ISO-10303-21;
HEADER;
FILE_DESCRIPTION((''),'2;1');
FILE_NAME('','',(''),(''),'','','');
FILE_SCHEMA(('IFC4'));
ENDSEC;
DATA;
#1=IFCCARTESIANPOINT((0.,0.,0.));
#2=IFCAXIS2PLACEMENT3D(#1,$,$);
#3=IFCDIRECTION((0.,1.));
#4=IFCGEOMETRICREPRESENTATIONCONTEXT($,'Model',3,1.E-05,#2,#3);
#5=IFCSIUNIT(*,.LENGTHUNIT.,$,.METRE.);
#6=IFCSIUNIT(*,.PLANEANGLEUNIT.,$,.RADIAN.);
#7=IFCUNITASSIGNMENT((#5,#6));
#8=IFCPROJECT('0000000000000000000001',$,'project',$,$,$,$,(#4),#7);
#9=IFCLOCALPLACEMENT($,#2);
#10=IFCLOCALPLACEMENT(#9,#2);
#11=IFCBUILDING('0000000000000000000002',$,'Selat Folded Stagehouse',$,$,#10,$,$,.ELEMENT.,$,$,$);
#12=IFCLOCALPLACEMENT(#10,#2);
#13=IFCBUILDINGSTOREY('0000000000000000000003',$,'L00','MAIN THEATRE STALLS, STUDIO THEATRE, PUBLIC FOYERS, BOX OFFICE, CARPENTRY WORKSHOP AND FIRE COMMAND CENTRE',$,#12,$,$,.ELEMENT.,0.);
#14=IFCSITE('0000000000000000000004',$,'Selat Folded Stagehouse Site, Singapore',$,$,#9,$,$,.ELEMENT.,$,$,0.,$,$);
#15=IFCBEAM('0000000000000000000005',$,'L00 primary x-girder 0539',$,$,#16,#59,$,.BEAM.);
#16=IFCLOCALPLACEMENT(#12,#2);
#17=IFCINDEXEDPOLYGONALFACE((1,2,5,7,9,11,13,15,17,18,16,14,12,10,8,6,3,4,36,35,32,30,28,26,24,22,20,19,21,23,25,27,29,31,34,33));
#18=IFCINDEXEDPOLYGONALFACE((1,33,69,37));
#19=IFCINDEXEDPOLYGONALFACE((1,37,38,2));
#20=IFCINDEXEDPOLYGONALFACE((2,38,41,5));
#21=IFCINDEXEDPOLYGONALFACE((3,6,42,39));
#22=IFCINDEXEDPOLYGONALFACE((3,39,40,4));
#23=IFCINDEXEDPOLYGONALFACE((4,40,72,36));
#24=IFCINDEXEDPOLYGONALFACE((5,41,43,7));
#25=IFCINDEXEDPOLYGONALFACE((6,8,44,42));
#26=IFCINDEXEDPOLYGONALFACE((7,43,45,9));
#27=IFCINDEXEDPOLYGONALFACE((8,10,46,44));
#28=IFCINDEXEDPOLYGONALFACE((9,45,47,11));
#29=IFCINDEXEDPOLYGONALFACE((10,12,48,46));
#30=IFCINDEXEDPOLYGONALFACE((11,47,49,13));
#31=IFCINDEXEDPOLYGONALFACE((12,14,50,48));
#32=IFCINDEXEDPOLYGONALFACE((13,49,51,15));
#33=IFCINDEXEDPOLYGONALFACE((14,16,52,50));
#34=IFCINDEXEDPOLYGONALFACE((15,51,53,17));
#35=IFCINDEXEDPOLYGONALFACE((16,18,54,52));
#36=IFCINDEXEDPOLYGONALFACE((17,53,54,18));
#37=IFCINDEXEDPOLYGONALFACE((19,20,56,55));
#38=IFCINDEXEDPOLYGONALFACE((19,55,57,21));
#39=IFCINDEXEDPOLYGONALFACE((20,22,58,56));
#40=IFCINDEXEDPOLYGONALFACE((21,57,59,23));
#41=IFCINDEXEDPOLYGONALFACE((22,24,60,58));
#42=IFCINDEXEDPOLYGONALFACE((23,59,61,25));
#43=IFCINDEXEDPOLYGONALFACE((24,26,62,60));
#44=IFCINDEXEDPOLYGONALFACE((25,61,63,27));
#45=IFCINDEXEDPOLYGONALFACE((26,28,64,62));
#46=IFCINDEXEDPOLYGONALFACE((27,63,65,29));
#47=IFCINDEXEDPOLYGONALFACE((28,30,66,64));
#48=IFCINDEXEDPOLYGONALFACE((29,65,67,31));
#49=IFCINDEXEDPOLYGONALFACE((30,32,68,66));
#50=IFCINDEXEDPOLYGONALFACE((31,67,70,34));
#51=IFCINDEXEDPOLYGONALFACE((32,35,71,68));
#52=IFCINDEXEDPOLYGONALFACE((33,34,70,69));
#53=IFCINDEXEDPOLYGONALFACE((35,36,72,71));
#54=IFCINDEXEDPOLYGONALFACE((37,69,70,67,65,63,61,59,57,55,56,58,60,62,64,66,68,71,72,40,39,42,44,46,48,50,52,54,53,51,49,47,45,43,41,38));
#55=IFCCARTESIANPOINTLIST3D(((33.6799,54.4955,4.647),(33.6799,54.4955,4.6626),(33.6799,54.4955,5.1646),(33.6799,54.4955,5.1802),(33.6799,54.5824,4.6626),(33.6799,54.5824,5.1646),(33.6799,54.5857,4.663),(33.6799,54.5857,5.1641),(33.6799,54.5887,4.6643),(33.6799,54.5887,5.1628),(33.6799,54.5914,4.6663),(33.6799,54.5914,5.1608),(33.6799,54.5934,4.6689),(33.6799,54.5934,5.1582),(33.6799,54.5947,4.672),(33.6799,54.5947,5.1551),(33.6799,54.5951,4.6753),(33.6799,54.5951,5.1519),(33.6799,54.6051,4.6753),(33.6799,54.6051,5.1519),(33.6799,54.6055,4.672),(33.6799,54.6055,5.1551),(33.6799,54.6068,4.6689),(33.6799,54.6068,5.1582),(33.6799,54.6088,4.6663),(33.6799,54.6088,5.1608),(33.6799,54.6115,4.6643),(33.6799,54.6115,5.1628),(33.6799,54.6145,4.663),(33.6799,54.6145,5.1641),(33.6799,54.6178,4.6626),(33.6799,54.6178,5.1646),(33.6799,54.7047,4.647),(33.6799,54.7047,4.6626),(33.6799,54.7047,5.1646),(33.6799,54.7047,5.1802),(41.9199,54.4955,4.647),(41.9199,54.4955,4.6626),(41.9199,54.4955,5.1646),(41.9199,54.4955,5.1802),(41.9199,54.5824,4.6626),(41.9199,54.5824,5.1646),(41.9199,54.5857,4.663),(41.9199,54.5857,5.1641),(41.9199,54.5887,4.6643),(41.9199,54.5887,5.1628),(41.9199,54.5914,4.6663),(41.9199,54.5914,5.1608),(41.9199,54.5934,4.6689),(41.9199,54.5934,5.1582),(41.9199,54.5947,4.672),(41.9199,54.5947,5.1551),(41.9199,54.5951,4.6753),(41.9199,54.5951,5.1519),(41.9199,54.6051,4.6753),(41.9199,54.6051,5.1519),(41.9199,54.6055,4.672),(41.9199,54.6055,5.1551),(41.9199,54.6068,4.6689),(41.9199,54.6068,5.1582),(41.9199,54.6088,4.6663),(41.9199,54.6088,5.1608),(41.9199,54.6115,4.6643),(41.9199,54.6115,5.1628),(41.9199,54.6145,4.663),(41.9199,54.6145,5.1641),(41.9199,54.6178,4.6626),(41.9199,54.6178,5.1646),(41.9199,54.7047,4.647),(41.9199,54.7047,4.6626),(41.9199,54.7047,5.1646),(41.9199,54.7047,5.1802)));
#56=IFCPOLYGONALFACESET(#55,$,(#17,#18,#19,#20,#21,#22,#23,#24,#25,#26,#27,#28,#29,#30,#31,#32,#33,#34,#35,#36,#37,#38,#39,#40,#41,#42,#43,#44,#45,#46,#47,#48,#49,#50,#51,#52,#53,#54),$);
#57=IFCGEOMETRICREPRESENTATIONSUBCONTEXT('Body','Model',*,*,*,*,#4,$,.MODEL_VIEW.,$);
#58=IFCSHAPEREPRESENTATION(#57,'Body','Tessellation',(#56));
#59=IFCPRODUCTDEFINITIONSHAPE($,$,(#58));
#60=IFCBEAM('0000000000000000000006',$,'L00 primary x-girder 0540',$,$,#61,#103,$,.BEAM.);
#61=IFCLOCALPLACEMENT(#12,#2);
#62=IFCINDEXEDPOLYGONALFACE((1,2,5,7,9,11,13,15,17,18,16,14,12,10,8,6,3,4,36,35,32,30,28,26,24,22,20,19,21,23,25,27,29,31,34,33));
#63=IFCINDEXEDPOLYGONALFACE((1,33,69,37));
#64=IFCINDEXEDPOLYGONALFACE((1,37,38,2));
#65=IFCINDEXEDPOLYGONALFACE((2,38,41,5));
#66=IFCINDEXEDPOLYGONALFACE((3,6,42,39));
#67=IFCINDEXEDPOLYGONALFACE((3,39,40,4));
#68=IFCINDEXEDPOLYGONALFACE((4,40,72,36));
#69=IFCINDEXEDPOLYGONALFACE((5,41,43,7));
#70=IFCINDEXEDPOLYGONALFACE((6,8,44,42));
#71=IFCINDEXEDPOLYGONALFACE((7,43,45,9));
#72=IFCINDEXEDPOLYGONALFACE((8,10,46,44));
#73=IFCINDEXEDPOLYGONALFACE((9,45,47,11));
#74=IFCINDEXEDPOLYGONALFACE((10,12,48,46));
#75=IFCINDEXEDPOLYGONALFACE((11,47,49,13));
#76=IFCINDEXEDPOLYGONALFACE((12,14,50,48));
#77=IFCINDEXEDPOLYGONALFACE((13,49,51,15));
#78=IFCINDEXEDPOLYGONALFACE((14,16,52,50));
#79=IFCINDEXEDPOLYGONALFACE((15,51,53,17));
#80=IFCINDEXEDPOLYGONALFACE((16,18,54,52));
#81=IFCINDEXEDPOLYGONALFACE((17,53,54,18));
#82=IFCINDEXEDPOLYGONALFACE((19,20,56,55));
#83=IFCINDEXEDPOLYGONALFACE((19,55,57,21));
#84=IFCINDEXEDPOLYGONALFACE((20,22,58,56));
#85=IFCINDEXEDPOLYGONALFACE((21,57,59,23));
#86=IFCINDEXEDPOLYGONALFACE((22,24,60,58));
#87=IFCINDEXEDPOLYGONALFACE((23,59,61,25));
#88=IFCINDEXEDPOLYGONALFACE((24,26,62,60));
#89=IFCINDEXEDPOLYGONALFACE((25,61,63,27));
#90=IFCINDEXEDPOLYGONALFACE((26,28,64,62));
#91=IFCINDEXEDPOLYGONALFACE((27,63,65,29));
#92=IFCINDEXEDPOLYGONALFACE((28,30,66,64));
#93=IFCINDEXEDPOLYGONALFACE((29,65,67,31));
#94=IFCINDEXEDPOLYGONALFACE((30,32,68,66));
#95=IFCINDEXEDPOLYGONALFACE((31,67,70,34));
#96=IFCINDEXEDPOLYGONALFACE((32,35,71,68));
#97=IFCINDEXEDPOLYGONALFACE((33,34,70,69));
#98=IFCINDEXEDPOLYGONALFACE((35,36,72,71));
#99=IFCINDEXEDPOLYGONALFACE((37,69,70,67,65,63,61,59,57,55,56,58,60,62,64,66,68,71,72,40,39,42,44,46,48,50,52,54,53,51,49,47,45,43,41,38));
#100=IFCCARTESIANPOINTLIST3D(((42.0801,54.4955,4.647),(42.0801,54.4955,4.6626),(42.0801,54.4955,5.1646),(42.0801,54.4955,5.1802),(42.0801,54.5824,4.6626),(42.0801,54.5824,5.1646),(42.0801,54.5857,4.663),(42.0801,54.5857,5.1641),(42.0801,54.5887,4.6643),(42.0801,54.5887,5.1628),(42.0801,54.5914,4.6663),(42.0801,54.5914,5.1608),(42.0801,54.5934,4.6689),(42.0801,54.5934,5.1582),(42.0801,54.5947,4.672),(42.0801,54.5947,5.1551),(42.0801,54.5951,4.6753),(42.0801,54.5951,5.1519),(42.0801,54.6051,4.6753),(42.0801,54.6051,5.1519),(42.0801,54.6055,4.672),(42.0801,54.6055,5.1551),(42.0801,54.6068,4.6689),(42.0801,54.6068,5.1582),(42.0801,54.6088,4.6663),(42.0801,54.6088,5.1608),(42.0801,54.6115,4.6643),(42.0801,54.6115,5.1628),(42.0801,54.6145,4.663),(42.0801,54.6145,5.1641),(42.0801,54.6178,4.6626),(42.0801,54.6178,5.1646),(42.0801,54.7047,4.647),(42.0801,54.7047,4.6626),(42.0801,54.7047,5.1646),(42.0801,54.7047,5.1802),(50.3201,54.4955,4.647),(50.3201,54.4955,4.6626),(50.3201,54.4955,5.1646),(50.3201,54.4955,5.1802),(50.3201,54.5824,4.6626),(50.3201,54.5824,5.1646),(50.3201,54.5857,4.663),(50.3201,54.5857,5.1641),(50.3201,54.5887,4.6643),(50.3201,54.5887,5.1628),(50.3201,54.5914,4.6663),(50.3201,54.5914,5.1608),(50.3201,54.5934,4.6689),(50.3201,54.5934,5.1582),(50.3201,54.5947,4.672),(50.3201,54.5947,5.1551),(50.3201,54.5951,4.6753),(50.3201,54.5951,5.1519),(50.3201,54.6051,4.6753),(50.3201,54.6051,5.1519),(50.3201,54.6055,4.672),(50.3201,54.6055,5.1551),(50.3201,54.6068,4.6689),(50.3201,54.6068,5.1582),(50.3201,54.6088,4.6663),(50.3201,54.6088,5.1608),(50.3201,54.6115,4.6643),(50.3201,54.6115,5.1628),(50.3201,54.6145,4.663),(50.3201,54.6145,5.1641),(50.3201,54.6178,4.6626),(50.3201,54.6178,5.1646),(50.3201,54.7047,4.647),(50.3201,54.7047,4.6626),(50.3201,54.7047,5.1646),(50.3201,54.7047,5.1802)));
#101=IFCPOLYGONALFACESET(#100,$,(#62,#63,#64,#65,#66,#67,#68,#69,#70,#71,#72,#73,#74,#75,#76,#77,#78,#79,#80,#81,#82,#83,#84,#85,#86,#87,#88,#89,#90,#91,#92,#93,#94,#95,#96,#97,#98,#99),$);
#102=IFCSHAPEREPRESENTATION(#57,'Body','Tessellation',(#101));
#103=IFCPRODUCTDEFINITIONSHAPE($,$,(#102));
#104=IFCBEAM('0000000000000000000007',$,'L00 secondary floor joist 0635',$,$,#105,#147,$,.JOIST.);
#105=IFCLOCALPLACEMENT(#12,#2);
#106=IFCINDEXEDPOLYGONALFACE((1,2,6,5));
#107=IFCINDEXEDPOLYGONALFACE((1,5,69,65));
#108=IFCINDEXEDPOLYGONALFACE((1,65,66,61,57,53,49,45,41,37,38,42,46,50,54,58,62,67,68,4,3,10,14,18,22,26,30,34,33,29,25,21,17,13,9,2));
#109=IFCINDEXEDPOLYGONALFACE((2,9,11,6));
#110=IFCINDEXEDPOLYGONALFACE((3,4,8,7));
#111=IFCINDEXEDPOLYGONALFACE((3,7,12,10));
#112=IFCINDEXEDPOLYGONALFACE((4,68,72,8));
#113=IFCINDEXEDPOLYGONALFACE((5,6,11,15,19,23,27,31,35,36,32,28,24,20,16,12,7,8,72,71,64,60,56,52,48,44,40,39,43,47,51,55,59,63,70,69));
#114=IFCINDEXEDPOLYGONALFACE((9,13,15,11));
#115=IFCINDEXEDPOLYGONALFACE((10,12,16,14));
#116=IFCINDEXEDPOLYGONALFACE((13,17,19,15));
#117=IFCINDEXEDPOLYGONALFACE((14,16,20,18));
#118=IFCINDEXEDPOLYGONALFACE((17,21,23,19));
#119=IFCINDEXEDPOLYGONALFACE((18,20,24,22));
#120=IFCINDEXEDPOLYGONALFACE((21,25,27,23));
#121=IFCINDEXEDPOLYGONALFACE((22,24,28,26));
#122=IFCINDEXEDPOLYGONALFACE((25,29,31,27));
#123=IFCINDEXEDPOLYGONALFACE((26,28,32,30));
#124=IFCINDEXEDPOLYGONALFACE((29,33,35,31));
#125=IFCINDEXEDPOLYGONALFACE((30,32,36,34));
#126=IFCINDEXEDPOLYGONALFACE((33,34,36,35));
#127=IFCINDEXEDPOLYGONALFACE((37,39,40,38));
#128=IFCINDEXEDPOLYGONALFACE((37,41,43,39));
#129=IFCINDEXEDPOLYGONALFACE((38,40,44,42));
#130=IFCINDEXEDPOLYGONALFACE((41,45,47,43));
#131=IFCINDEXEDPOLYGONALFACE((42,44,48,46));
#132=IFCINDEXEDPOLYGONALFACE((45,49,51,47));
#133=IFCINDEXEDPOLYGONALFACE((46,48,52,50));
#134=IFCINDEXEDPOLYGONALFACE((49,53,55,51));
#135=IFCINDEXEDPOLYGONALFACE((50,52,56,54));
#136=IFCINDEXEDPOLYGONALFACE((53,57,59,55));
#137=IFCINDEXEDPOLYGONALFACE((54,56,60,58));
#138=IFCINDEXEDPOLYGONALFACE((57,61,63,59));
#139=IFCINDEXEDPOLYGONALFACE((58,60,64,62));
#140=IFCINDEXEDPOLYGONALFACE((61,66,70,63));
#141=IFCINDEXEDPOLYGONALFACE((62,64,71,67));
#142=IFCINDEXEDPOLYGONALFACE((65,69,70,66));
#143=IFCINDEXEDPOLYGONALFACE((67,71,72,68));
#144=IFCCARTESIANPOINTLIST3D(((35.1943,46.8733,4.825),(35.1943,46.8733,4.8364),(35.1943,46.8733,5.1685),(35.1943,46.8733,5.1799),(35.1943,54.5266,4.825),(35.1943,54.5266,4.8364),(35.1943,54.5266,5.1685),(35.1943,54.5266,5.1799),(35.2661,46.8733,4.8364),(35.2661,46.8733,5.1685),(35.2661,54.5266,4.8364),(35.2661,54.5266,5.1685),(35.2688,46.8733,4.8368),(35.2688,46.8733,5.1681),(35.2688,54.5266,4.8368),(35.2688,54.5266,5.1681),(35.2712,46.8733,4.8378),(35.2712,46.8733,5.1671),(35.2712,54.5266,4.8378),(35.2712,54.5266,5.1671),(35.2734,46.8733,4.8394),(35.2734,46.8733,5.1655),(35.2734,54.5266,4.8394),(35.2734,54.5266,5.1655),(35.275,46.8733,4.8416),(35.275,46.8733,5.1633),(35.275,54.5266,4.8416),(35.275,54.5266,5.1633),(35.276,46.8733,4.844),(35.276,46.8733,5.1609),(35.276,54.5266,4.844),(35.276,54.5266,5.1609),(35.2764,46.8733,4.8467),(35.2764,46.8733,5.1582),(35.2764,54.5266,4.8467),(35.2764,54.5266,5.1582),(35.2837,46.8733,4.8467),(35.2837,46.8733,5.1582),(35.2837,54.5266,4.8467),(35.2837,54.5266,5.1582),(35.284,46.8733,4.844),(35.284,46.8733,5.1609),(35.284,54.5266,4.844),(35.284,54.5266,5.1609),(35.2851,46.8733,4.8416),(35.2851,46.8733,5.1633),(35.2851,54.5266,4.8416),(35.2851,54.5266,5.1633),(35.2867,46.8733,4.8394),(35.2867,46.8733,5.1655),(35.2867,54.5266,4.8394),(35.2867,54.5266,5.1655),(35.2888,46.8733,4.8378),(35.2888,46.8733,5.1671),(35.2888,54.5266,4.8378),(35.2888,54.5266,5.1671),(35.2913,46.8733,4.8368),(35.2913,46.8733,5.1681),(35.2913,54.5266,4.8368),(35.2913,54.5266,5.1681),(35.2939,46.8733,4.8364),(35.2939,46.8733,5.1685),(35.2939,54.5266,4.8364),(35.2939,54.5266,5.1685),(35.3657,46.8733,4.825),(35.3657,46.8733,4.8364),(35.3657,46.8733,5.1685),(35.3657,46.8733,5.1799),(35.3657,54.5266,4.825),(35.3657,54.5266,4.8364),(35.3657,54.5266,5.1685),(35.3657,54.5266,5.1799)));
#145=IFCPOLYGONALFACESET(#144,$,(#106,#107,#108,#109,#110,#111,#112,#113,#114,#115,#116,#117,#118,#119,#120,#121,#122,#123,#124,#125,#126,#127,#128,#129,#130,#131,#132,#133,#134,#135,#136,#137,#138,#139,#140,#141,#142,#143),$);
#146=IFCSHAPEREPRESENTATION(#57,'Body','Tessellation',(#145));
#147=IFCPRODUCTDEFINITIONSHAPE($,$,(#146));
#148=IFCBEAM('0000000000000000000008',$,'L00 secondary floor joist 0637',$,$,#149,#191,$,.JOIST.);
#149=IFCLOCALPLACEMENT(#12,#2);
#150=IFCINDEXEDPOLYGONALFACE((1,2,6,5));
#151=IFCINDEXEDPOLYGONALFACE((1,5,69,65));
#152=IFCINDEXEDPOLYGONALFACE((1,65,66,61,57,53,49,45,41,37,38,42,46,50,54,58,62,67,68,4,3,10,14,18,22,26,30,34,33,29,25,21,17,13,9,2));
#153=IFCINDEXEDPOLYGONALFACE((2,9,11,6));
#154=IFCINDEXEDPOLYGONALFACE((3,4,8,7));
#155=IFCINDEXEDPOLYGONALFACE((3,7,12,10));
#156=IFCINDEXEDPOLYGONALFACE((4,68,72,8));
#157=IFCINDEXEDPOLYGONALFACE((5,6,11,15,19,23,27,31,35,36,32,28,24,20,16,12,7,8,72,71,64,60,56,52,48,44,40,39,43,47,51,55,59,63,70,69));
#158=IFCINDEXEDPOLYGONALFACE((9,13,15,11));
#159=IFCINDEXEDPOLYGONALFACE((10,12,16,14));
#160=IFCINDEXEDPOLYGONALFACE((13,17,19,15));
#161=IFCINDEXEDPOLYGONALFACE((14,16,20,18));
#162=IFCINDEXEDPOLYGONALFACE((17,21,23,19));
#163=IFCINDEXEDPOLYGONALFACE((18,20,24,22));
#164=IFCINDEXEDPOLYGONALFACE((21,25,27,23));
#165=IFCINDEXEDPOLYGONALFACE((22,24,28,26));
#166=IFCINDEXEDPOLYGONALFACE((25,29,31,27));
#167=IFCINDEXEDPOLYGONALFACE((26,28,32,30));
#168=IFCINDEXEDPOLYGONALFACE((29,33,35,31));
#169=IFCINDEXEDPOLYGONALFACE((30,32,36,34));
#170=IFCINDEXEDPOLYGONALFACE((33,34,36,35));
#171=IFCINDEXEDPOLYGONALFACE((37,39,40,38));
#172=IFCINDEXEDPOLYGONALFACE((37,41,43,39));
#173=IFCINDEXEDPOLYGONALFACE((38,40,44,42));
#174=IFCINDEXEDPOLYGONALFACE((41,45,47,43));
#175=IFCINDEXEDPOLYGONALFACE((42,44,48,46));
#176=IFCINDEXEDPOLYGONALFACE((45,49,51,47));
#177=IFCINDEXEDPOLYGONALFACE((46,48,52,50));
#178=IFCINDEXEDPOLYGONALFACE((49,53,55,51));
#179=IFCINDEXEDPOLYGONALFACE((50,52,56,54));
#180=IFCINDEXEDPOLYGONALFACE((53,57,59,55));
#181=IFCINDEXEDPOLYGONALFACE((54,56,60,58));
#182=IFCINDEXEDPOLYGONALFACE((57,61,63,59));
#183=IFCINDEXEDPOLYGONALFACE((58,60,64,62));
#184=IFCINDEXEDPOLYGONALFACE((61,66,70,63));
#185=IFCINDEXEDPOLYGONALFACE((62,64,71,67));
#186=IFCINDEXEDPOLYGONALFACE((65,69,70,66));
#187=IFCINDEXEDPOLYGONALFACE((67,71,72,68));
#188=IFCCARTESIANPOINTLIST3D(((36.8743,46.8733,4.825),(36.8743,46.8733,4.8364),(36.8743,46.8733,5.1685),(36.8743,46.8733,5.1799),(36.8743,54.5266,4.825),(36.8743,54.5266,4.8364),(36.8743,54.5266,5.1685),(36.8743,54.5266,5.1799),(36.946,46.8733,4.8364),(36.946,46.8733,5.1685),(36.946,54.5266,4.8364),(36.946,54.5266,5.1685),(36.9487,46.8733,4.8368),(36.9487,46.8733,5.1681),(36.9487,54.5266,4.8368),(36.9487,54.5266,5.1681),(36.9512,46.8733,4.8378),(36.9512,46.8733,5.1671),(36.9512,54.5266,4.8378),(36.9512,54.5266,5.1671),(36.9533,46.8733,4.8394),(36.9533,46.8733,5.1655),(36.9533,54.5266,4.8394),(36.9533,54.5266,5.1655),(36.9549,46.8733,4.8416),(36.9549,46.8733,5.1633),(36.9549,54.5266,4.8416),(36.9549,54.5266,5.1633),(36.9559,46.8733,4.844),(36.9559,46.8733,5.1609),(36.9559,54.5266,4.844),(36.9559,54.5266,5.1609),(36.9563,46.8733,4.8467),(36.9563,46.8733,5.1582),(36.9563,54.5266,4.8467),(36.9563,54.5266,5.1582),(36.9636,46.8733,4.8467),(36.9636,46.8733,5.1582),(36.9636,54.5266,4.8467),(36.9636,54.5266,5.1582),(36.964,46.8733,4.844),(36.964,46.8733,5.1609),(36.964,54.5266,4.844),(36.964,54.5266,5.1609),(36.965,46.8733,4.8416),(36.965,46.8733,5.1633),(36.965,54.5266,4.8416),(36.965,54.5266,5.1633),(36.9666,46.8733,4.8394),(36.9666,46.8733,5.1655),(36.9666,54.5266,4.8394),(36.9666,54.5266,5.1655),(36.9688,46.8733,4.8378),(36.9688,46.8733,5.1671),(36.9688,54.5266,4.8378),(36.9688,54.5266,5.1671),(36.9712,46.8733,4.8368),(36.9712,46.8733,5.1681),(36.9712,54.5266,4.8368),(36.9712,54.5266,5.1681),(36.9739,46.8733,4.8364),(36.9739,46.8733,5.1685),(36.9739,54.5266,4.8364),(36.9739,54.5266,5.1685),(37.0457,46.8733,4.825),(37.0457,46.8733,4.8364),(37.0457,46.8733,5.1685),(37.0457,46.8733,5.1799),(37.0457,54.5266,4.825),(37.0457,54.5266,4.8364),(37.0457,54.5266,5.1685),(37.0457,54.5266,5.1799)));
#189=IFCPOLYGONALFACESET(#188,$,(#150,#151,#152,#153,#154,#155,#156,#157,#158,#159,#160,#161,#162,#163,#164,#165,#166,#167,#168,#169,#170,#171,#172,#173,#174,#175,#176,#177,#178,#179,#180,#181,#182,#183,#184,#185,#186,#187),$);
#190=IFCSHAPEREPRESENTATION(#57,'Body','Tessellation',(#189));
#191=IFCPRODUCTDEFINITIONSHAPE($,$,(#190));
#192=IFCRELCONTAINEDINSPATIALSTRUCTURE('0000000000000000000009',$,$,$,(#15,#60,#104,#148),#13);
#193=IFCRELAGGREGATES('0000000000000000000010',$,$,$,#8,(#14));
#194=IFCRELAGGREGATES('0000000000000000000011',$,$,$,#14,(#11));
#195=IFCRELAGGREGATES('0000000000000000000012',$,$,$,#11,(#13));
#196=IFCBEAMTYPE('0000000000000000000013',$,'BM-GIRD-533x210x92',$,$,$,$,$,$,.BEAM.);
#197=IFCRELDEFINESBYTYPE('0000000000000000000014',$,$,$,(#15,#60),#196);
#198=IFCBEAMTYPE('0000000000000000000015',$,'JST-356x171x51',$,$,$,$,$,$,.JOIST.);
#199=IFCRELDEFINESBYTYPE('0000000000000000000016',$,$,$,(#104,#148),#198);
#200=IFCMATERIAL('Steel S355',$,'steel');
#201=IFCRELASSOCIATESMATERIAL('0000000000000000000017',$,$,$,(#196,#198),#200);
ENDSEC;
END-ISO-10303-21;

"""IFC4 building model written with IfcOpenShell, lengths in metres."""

from ifc_helpers import new_model, si_unit, direction, frame, origin, origin_2d, place, context, subcontext, project, spatial, i_section, extrude, material, material_profile, profile_set, type_object, element, save


model = new_model("IFC4")

# Units and contexts
model_context = context("Model", 3, precision=1e-05, world=origin(), true_north=direction((0.0, 1.0)))
body_context = subcontext(model_context, "Body", "Model", "MODEL_VIEW")
ifc_project = project(units=[si_unit("LENGTHUNIT", "METRE"), si_unit("PLANEANGLEUNIT", "RADIAN")], contexts=[model_context])

# Site, building, storey
site_placement = place(None, origin())
site = spatial("IfcSite", under=ifc_project, at=site_placement, Name="Selat Folded Stagehouse Site, Singapore", CompositionType="ELEMENT", RefElevation=0.0)
building_placement = place(site_placement, origin())
building = spatial("IfcBuilding", under=site, at=building_placement, Name="Selat Folded Stagehouse", CompositionType="ELEMENT")
storey_placement = place(building_placement, origin())
storey = spatial("IfcBuildingStorey", under=building, at=storey_placement, Name="L00", Description="MAIN THEATRE STALLS, STUDIO THEATRE, PUBLIC FOYERS, BOX OFFICE, CARPENTRY WORKSHOP AND FIRE COMMAND CENTRE", CompositionType="ELEMENT", Elevation=0.0)

# Shared definitions
ifc_material_1 = material(Name="Steel S355", Category="steel")

# Beams
ifc_material_profile_1 = material_profile(ifc_material_1, i_section(OverallWidth=0.2092, OverallDepth=0.5332, WebThickness=0.01, FlangeThickness=0.0156, FilletRadius=0.0127, at=origin_2d()), Name="UKB 533x210x92")
ifc_profile_set_1 = profile_set([ifc_material_profile_1], Name="Steel S355")
beam_type_1 = type_object("IfcBeamType", Name="BM-GIRD-533x210x92", PredefinedType="BEAM", material=ifc_profile_set_1)
for number, where, z_axis, x_axis, name in (
    (1, (33.6799, 54.6001, 4.9136), (1.0, 0.0, 0.0), (0.0, 1.0, 0.0), "L00 primary x-girder 0539"),
    (2, (42.0801, 54.6001, 4.9136), (1.0, 0.0, 0.0), (0.0, 1.0, 0.0), "L00 primary x-girder 0540"),
):
    element("IfcBeam", number, at=place(storey_placement, frame(where, z_axis=z_axis, x_axis=x_axis)), inside=storey, type_object=beam_type_1, Name=name, PredefinedType="BEAM", context=body_context, shape_type="SweptSolid", body=[
        extrude(i_section(OverallWidth=0.2092, OverallDepth=0.5332, WebThickness=0.01, FlangeThickness=0.0156, FilletRadius=0.0127, at=origin_2d()), origin(), (0.0, 0.0, 1.0), 8.24),
    ])
ifc_material_profile_2 = material_profile(ifc_material_1, i_section(OverallWidth=0.1714, OverallDepth=0.355, WebThickness=0.0073, FlangeThickness=0.0115, FilletRadius=0.0103, at=origin_2d()), Name="UKB 356x171x51")
ifc_profile_set_2 = profile_set([ifc_material_profile_2], Name="Steel S355")
beam_type_2 = type_object("IfcBeamType", Name="JST-356x171x51", PredefinedType="JOIST", material=ifc_profile_set_2)
for number, where, z_axis, x_axis, name in (
    (3, (35.28, 46.8733, 5.0024), (0.0, 1.0, 0.0), (-1.0, 0.0, 0.0), "L00 secondary floor joist 0635"),
    (4, (36.96, 46.8733, 5.0024), (0.0, 1.0, 0.0), (-1.0, 0.0, 0.0), "L00 secondary floor joist 0637"),
):
    element("IfcBeam", number, at=place(storey_placement, frame(where, z_axis=z_axis, x_axis=x_axis)), inside=storey, type_object=beam_type_2, Name=name, PredefinedType="JOIST", context=body_context, shape_type="SweptSolid", body=[
        extrude(i_section(OverallWidth=0.1714, OverallDepth=0.355, WebThickness=0.0073, FlangeThickness=0.0115, FilletRadius=0.0103, at=origin_2d()), origin(), (0.0, 0.0, 1.0), 7.6533),
    ])

save(model, "model.ifc")
